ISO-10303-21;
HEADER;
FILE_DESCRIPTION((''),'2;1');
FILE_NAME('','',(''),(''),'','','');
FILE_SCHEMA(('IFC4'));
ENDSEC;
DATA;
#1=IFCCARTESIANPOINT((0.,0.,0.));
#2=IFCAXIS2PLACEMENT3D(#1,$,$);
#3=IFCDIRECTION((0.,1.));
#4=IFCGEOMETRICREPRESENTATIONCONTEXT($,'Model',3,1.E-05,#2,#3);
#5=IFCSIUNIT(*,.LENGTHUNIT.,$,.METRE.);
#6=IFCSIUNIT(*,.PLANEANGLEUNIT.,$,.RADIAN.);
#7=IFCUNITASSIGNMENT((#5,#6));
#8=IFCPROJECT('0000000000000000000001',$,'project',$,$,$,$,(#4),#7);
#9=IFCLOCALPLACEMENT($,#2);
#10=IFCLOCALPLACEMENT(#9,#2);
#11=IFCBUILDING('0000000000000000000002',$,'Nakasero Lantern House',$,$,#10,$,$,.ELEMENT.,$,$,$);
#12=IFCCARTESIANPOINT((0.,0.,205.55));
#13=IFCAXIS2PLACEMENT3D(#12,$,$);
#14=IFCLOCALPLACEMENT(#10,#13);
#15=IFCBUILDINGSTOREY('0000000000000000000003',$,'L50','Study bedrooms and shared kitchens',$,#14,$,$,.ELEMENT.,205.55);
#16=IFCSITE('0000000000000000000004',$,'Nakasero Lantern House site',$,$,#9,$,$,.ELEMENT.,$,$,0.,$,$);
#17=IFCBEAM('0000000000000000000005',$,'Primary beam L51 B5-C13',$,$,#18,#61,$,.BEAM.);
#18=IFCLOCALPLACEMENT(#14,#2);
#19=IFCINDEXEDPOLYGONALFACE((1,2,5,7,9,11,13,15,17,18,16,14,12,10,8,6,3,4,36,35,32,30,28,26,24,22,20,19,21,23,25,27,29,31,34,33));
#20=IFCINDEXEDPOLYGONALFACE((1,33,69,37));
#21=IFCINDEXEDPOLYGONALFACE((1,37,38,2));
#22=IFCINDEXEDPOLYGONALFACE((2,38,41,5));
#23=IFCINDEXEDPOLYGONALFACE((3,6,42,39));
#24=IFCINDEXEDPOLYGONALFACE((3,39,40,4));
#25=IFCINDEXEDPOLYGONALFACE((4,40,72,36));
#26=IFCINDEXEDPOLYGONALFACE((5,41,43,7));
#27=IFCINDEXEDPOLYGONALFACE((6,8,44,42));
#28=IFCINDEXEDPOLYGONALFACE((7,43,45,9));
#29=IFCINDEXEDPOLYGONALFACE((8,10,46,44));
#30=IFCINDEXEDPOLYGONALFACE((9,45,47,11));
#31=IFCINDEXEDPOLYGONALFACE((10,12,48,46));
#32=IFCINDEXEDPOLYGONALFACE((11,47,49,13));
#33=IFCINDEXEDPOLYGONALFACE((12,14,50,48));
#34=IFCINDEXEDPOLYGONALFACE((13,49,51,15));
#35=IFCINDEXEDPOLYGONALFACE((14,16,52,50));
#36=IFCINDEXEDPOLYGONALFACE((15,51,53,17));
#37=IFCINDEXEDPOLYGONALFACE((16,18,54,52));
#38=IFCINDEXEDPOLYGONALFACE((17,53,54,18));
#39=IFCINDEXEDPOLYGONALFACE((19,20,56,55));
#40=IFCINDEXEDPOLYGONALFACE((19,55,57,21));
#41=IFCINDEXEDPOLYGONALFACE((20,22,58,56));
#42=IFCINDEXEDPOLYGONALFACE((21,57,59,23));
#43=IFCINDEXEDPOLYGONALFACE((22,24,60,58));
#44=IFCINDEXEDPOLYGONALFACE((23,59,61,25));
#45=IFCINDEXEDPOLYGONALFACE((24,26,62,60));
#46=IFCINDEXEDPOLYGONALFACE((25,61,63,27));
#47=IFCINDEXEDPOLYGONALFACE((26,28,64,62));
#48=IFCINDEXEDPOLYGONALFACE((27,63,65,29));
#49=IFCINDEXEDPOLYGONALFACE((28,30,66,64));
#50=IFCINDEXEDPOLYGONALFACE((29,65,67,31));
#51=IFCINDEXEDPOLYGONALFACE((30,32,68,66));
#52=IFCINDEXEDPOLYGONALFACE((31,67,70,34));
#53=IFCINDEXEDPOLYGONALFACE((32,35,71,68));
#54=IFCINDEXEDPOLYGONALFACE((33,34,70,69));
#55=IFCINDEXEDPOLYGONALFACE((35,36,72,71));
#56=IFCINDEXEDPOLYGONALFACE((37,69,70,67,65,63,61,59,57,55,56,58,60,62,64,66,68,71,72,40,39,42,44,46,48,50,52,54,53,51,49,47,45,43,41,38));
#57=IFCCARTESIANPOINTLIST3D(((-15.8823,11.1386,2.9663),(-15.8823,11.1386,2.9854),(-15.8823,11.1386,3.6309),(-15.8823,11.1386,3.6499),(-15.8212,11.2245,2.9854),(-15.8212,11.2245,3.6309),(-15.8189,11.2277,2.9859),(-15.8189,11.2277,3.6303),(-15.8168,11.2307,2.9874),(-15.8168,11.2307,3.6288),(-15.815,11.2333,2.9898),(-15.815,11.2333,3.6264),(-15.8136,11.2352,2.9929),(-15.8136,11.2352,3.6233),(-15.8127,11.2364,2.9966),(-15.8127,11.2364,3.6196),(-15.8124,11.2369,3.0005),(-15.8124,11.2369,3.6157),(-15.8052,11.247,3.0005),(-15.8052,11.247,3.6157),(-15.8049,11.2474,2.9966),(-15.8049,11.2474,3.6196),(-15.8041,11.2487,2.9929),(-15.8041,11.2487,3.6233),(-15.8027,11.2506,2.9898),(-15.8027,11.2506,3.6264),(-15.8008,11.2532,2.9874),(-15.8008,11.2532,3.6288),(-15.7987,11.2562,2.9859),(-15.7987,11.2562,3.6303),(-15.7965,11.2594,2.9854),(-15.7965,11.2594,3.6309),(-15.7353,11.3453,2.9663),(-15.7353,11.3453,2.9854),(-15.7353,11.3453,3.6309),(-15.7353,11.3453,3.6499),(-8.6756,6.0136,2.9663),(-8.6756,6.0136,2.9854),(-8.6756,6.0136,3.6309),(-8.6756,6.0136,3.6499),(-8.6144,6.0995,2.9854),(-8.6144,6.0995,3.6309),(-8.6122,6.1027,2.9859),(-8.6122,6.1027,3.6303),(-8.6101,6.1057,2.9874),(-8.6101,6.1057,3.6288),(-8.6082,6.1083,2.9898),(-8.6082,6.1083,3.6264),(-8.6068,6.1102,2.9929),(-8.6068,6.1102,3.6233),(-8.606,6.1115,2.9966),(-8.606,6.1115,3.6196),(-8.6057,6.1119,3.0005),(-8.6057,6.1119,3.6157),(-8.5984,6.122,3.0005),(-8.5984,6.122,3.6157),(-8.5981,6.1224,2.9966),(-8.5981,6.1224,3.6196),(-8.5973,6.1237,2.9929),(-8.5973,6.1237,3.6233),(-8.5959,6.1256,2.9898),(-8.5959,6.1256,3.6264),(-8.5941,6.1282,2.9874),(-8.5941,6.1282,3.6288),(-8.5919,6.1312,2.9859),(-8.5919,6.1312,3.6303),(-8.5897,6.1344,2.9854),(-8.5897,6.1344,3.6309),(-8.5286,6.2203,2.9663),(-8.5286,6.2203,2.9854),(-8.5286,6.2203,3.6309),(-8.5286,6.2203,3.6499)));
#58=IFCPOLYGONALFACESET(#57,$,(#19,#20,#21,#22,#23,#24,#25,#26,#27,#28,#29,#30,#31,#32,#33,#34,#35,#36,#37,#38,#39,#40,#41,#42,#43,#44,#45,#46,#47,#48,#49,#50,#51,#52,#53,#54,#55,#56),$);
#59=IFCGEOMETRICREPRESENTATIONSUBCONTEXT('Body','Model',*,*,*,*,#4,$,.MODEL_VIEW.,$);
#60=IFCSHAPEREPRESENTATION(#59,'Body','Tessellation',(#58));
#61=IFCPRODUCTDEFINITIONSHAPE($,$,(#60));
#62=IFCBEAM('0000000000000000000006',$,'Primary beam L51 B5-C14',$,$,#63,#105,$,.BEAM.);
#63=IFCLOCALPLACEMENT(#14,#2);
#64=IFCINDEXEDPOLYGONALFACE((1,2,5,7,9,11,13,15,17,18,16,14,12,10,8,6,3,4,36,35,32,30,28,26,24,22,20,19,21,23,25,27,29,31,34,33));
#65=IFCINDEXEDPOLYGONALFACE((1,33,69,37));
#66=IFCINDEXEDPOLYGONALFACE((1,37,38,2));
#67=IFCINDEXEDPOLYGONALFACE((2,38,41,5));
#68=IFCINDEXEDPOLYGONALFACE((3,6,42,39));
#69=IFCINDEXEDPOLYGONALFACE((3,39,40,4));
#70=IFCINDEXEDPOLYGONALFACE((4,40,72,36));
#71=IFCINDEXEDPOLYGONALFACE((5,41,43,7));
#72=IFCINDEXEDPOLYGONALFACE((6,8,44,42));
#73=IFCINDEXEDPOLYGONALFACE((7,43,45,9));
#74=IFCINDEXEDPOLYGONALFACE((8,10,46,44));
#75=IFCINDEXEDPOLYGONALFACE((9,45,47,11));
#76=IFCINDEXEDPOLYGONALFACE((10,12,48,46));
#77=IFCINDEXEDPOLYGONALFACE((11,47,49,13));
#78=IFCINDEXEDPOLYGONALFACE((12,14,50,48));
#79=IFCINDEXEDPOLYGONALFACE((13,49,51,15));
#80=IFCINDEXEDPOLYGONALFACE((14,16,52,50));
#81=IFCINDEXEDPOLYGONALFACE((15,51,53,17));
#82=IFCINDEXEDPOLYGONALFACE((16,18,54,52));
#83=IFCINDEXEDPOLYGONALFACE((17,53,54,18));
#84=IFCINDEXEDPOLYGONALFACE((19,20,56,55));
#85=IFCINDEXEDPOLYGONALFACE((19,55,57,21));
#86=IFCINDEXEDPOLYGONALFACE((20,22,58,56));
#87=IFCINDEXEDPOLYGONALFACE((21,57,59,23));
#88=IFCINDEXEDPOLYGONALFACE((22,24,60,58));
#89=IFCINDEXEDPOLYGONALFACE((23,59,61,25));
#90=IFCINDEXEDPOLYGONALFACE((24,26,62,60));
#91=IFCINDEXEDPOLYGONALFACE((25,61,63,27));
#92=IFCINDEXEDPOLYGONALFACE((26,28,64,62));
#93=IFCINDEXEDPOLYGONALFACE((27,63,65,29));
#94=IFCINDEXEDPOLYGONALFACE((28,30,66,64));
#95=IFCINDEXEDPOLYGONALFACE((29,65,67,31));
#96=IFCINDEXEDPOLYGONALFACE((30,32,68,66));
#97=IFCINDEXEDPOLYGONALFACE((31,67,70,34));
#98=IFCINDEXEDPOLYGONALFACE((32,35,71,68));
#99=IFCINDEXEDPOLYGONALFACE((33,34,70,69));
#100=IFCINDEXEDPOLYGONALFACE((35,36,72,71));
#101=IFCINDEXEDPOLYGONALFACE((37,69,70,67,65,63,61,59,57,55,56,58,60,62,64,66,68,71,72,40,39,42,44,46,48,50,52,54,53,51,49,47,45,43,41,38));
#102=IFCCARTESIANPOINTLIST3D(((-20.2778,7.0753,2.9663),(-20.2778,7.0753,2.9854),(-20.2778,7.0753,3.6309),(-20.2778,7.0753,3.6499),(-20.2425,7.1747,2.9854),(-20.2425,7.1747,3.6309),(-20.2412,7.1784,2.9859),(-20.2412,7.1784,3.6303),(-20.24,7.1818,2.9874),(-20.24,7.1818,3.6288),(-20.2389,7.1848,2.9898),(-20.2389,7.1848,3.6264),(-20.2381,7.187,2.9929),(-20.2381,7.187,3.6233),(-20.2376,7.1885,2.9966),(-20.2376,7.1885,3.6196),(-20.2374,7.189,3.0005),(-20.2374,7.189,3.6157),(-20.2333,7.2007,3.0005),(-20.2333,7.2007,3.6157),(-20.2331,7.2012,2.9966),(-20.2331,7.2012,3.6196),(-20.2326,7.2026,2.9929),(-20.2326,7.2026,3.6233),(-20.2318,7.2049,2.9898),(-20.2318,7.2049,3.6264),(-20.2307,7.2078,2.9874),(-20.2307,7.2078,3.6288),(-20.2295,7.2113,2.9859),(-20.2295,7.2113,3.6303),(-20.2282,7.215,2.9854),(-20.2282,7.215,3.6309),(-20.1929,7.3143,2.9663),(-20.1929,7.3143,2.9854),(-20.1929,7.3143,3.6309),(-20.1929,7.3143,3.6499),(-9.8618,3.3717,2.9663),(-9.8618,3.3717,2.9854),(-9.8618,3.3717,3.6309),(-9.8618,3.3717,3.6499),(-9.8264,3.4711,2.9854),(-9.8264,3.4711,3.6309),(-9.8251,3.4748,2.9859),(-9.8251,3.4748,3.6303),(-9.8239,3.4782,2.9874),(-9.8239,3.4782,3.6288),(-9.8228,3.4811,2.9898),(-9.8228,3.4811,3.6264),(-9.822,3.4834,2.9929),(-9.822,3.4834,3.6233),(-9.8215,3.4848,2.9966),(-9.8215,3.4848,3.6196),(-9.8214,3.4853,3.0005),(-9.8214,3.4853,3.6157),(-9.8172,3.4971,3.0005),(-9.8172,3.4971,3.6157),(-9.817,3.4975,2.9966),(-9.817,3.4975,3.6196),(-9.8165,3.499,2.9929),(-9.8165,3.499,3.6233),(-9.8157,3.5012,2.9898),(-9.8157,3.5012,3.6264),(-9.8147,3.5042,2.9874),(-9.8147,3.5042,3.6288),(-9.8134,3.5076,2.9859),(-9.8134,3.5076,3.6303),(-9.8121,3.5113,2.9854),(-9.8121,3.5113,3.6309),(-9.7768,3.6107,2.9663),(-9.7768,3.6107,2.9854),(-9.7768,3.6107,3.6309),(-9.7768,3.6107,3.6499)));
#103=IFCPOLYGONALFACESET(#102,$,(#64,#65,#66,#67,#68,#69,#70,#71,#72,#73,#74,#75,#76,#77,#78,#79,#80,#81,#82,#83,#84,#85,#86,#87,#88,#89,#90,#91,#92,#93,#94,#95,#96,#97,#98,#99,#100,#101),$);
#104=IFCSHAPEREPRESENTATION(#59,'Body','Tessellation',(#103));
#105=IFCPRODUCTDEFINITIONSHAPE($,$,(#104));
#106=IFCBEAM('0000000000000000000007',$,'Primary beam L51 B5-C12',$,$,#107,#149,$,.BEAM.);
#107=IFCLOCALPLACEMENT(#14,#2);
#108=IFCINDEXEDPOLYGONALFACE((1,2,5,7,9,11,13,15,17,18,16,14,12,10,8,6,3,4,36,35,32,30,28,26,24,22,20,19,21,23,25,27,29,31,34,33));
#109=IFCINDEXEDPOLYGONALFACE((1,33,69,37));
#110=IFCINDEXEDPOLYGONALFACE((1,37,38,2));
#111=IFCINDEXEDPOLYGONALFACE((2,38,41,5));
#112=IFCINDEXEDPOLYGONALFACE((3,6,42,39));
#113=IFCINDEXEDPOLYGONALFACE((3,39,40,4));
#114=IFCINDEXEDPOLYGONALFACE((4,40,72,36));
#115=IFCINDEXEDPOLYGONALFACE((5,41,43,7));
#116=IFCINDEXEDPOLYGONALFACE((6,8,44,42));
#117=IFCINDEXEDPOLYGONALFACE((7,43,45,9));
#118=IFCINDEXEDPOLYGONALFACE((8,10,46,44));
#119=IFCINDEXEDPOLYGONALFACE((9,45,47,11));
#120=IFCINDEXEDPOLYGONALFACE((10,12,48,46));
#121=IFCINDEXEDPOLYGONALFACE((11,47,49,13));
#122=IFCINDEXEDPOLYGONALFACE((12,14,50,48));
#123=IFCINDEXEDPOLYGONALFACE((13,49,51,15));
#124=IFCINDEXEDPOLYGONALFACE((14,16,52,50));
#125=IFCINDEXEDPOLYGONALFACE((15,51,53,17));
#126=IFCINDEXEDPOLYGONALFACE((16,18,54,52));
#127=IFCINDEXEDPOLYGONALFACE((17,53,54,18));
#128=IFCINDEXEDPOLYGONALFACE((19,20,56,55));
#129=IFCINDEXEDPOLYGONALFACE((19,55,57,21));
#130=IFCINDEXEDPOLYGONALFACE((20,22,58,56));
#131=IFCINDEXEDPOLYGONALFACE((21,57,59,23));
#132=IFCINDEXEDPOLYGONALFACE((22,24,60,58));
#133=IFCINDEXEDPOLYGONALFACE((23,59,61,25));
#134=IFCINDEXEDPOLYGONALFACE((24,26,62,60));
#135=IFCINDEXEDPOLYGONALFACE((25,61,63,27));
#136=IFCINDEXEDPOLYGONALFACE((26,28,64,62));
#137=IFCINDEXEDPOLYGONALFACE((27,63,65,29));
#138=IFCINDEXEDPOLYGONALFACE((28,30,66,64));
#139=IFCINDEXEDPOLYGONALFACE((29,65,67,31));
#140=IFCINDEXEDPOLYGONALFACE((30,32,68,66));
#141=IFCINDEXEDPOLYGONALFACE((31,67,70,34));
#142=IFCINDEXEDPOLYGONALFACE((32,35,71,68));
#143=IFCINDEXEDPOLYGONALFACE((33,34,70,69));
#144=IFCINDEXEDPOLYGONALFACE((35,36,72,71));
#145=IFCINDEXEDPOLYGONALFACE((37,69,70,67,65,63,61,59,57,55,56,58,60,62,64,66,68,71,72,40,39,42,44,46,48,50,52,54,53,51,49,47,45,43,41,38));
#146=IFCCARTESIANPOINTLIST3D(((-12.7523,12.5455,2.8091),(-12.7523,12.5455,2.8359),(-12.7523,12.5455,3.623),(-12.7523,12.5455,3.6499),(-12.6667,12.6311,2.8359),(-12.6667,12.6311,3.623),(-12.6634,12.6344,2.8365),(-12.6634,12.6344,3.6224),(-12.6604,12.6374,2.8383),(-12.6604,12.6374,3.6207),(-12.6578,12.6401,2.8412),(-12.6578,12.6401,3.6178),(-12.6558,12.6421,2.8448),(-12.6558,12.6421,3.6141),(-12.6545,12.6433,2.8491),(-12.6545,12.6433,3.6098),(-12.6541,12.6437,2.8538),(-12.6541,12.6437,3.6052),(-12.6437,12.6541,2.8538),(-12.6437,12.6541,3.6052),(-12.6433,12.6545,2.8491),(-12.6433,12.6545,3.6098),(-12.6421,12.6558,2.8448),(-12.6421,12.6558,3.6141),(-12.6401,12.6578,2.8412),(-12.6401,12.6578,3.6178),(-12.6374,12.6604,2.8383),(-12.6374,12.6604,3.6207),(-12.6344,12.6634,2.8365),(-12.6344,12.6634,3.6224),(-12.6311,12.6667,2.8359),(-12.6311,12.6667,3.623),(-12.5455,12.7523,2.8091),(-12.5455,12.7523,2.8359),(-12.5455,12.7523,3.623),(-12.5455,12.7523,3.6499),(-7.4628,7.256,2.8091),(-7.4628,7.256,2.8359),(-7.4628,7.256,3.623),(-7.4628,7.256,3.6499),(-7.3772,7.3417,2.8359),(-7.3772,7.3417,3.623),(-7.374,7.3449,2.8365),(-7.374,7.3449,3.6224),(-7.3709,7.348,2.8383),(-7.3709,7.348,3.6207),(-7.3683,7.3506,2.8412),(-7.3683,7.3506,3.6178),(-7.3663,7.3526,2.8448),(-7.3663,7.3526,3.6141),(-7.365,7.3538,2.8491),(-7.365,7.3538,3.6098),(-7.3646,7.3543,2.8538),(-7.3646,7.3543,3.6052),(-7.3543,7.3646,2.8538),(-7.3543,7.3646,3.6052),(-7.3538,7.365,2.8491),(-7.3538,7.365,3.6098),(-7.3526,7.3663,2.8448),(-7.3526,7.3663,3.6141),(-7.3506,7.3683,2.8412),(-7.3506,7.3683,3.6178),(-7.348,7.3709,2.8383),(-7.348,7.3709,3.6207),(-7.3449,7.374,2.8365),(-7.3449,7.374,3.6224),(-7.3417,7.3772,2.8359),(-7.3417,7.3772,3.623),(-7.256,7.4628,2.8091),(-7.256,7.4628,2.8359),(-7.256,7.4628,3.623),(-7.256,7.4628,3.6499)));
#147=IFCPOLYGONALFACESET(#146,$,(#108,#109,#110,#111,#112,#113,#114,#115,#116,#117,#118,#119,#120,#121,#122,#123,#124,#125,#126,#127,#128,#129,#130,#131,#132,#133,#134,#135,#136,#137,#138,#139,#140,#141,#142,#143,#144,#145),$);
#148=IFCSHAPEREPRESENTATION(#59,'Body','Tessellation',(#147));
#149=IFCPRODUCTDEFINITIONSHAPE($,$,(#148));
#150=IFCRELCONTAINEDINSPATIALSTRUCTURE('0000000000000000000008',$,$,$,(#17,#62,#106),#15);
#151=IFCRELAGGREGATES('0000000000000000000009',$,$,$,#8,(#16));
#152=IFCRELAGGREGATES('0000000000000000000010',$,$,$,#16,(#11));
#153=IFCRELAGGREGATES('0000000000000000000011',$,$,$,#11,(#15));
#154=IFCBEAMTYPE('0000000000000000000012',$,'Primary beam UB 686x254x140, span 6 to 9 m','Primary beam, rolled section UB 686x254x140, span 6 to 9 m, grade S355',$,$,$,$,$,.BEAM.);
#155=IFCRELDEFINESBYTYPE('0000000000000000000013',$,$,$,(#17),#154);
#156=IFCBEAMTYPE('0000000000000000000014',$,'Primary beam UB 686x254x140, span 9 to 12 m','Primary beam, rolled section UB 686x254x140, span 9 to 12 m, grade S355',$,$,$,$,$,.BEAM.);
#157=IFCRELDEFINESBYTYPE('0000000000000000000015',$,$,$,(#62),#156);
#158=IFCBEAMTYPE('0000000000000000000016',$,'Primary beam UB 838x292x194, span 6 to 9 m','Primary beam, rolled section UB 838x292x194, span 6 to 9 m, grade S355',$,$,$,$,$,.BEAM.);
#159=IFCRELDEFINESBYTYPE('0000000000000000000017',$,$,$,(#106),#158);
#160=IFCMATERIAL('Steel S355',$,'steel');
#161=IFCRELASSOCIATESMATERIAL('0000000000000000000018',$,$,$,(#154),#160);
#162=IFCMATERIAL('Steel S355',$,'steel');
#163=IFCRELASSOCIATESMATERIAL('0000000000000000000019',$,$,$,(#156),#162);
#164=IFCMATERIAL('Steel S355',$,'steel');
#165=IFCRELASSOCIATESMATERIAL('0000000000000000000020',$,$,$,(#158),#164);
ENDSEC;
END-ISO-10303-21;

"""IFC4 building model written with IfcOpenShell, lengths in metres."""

from ifc_helpers import new_model, si_unit, direction, frame, origin, origin_2d, place, context, subcontext, project, spatial, i_section, extrude, material, material_profile, profile_set, type_object, element, save


model = new_model("IFC4")

# Units and contexts
model_context = context("Model", 3, precision=1e-05, world=origin(), true_north=direction((0.0, 1.0)))
body_context = subcontext(model_context, "Body", "Model", "MODEL_VIEW")
ifc_project = project(units=[si_unit("LENGTHUNIT", "METRE"), si_unit("PLANEANGLEUNIT", "RADIAN")], contexts=[model_context])

# Site, building, storey
site_placement = place(None, origin())
site = spatial("IfcSite", under=ifc_project, at=site_placement, Name="Nakasero Lantern House site", CompositionType="ELEMENT", RefElevation=0.0)
building_placement = place(site_placement, origin())
building = spatial("IfcBuilding", under=site, at=building_placement, Name="Nakasero Lantern House", CompositionType="ELEMENT")
storey_placement = place(building_placement, frame((0.0, 0.0, 205.55)))
storey = spatial("IfcBuildingStorey", under=building, at=storey_placement, Name="L50", Description="Study bedrooms and shared kitchens", CompositionType="ELEMENT", Elevation=205.55)

# Beams
ifc_material_1 = material(Name="Steel S355", Category="steel")
ifc_material_profile_1 = material_profile(ifc_material_1, i_section(OverallWidth=0.2537, OverallDepth=0.6836, WebThickness=0.0125, FlangeThickness=0.019, FilletRadius=0.0151, at=origin_2d()), Name="UB 686x254x140")
ifc_profile_set_1 = profile_set([ifc_material_profile_1], Name="Steel S355")
beam_type_1 = type_object("IfcBeamType", Name="Primary beam UB 686x254x140, span 6 to 9 m", Description="Primary beam, rolled section UB 686x254x140, span 6 to 9 m, grade S355", PredefinedType="BEAM", material=ifc_profile_set_1)
beam_1_placement = place(storey_placement, frame((-15.8088, 11.2419, 3.3081), z_axis=(0.814946, -0.579537, 0.0), x_axis=(0.579537, 0.814946, 0.0)))
element("IfcBeam", 1, at=beam_1_placement, inside=storey, type_object=beam_type_1, Name="Primary beam L51 B5-C13", PredefinedType="BEAM", context=body_context, shape_type="SweptSolid", body=[
    extrude(i_section(OverallWidth=0.2537, OverallDepth=0.6836, WebThickness=0.0125, FlangeThickness=0.019, FilletRadius=0.0151, at=origin_2d()), origin(), (0.0, 0.0, 1.0), 8.8433),
])
ifc_material_2 = material(Name="Steel S355", Category="steel")
ifc_material_profile_2 = material_profile(ifc_material_2, i_section(OverallWidth=0.2537, OverallDepth=0.6836, WebThickness=0.0125, FlangeThickness=0.019, FilletRadius=0.0151, at=origin_2d()), Name="UB 686x254x140")
ifc_profile_set_2 = profile_set([ifc_material_profile_2], Name="Steel S355")
beam_type_2 = type_object("IfcBeamType", Name="Primary beam UB 686x254x140, span 9 to 12 m", Description="Primary beam, rolled section UB 686x254x140, span 9 to 12 m, grade S355", PredefinedType="BEAM", material=ifc_profile_set_2)
beam_2_placement = place(storey_placement, frame((-20.2354, 7.1948, 3.3081), z_axis=(0.942211, -0.335021, 0.0), x_axis=(0.335021, 0.942211, 0.0)))
element("IfcBeam", 2, at=beam_2_placement, inside=storey, type_object=beam_type_2, Name="Primary beam L51 B5-C14", PredefinedType="BEAM", context=body_context, shape_type="SweptSolid", body=[
    extrude(i_section(OverallWidth=0.2537, OverallDepth=0.6836, WebThickness=0.0125, FlangeThickness=0.019, FilletRadius=0.0151, at=origin_2d()), origin(), (0.0, 0.0, 1.0), 11.0549),
])
ifc_material_3 = material(Name="Steel S355", Category="steel")
ifc_material_profile_3 = material_profile(ifc_material_3, i_section(OverallWidth=0.2925, OverallDepth=0.8408, WebThickness=0.0146, FlangeThickness=0.0269, FilletRadius=0.0178, at=origin_2d()), Name="UB 838x292x194")
ifc_profile_set_3 = profile_set([ifc_material_profile_3], Name="Steel S355")
beam_type_3 = type_object("IfcBeamType", Name="Primary beam UB 838x292x194, span 6 to 9 m", Description="Primary beam, rolled section UB 838x292x194, span 6 to 9 m, grade S355", PredefinedType="BEAM", material=ifc_profile_set_3)
beam_3_placement = place(storey_placement, frame((-12.6489, 12.6489, 3.2295), z_axis=(0.707107, -0.707107, 0.0), x_axis=(0.707107, 0.707107, 0.0)))
element("IfcBeam", 3, at=beam_3_placement, inside=storey, type_object=beam_type_3, Name="Primary beam L51 B5-C12", PredefinedType="BEAM", context=body_context, shape_type="SweptSolid", body=[
    extrude(i_section(OverallWidth=0.2925, OverallDepth=0.8408, WebThickness=0.0146, FlangeThickness=0.0269, FilletRadius=0.0178, at=origin_2d()), origin(), (0.0, 0.0, 1.0), 7.4805),
])

save(model, "model.ifc")
